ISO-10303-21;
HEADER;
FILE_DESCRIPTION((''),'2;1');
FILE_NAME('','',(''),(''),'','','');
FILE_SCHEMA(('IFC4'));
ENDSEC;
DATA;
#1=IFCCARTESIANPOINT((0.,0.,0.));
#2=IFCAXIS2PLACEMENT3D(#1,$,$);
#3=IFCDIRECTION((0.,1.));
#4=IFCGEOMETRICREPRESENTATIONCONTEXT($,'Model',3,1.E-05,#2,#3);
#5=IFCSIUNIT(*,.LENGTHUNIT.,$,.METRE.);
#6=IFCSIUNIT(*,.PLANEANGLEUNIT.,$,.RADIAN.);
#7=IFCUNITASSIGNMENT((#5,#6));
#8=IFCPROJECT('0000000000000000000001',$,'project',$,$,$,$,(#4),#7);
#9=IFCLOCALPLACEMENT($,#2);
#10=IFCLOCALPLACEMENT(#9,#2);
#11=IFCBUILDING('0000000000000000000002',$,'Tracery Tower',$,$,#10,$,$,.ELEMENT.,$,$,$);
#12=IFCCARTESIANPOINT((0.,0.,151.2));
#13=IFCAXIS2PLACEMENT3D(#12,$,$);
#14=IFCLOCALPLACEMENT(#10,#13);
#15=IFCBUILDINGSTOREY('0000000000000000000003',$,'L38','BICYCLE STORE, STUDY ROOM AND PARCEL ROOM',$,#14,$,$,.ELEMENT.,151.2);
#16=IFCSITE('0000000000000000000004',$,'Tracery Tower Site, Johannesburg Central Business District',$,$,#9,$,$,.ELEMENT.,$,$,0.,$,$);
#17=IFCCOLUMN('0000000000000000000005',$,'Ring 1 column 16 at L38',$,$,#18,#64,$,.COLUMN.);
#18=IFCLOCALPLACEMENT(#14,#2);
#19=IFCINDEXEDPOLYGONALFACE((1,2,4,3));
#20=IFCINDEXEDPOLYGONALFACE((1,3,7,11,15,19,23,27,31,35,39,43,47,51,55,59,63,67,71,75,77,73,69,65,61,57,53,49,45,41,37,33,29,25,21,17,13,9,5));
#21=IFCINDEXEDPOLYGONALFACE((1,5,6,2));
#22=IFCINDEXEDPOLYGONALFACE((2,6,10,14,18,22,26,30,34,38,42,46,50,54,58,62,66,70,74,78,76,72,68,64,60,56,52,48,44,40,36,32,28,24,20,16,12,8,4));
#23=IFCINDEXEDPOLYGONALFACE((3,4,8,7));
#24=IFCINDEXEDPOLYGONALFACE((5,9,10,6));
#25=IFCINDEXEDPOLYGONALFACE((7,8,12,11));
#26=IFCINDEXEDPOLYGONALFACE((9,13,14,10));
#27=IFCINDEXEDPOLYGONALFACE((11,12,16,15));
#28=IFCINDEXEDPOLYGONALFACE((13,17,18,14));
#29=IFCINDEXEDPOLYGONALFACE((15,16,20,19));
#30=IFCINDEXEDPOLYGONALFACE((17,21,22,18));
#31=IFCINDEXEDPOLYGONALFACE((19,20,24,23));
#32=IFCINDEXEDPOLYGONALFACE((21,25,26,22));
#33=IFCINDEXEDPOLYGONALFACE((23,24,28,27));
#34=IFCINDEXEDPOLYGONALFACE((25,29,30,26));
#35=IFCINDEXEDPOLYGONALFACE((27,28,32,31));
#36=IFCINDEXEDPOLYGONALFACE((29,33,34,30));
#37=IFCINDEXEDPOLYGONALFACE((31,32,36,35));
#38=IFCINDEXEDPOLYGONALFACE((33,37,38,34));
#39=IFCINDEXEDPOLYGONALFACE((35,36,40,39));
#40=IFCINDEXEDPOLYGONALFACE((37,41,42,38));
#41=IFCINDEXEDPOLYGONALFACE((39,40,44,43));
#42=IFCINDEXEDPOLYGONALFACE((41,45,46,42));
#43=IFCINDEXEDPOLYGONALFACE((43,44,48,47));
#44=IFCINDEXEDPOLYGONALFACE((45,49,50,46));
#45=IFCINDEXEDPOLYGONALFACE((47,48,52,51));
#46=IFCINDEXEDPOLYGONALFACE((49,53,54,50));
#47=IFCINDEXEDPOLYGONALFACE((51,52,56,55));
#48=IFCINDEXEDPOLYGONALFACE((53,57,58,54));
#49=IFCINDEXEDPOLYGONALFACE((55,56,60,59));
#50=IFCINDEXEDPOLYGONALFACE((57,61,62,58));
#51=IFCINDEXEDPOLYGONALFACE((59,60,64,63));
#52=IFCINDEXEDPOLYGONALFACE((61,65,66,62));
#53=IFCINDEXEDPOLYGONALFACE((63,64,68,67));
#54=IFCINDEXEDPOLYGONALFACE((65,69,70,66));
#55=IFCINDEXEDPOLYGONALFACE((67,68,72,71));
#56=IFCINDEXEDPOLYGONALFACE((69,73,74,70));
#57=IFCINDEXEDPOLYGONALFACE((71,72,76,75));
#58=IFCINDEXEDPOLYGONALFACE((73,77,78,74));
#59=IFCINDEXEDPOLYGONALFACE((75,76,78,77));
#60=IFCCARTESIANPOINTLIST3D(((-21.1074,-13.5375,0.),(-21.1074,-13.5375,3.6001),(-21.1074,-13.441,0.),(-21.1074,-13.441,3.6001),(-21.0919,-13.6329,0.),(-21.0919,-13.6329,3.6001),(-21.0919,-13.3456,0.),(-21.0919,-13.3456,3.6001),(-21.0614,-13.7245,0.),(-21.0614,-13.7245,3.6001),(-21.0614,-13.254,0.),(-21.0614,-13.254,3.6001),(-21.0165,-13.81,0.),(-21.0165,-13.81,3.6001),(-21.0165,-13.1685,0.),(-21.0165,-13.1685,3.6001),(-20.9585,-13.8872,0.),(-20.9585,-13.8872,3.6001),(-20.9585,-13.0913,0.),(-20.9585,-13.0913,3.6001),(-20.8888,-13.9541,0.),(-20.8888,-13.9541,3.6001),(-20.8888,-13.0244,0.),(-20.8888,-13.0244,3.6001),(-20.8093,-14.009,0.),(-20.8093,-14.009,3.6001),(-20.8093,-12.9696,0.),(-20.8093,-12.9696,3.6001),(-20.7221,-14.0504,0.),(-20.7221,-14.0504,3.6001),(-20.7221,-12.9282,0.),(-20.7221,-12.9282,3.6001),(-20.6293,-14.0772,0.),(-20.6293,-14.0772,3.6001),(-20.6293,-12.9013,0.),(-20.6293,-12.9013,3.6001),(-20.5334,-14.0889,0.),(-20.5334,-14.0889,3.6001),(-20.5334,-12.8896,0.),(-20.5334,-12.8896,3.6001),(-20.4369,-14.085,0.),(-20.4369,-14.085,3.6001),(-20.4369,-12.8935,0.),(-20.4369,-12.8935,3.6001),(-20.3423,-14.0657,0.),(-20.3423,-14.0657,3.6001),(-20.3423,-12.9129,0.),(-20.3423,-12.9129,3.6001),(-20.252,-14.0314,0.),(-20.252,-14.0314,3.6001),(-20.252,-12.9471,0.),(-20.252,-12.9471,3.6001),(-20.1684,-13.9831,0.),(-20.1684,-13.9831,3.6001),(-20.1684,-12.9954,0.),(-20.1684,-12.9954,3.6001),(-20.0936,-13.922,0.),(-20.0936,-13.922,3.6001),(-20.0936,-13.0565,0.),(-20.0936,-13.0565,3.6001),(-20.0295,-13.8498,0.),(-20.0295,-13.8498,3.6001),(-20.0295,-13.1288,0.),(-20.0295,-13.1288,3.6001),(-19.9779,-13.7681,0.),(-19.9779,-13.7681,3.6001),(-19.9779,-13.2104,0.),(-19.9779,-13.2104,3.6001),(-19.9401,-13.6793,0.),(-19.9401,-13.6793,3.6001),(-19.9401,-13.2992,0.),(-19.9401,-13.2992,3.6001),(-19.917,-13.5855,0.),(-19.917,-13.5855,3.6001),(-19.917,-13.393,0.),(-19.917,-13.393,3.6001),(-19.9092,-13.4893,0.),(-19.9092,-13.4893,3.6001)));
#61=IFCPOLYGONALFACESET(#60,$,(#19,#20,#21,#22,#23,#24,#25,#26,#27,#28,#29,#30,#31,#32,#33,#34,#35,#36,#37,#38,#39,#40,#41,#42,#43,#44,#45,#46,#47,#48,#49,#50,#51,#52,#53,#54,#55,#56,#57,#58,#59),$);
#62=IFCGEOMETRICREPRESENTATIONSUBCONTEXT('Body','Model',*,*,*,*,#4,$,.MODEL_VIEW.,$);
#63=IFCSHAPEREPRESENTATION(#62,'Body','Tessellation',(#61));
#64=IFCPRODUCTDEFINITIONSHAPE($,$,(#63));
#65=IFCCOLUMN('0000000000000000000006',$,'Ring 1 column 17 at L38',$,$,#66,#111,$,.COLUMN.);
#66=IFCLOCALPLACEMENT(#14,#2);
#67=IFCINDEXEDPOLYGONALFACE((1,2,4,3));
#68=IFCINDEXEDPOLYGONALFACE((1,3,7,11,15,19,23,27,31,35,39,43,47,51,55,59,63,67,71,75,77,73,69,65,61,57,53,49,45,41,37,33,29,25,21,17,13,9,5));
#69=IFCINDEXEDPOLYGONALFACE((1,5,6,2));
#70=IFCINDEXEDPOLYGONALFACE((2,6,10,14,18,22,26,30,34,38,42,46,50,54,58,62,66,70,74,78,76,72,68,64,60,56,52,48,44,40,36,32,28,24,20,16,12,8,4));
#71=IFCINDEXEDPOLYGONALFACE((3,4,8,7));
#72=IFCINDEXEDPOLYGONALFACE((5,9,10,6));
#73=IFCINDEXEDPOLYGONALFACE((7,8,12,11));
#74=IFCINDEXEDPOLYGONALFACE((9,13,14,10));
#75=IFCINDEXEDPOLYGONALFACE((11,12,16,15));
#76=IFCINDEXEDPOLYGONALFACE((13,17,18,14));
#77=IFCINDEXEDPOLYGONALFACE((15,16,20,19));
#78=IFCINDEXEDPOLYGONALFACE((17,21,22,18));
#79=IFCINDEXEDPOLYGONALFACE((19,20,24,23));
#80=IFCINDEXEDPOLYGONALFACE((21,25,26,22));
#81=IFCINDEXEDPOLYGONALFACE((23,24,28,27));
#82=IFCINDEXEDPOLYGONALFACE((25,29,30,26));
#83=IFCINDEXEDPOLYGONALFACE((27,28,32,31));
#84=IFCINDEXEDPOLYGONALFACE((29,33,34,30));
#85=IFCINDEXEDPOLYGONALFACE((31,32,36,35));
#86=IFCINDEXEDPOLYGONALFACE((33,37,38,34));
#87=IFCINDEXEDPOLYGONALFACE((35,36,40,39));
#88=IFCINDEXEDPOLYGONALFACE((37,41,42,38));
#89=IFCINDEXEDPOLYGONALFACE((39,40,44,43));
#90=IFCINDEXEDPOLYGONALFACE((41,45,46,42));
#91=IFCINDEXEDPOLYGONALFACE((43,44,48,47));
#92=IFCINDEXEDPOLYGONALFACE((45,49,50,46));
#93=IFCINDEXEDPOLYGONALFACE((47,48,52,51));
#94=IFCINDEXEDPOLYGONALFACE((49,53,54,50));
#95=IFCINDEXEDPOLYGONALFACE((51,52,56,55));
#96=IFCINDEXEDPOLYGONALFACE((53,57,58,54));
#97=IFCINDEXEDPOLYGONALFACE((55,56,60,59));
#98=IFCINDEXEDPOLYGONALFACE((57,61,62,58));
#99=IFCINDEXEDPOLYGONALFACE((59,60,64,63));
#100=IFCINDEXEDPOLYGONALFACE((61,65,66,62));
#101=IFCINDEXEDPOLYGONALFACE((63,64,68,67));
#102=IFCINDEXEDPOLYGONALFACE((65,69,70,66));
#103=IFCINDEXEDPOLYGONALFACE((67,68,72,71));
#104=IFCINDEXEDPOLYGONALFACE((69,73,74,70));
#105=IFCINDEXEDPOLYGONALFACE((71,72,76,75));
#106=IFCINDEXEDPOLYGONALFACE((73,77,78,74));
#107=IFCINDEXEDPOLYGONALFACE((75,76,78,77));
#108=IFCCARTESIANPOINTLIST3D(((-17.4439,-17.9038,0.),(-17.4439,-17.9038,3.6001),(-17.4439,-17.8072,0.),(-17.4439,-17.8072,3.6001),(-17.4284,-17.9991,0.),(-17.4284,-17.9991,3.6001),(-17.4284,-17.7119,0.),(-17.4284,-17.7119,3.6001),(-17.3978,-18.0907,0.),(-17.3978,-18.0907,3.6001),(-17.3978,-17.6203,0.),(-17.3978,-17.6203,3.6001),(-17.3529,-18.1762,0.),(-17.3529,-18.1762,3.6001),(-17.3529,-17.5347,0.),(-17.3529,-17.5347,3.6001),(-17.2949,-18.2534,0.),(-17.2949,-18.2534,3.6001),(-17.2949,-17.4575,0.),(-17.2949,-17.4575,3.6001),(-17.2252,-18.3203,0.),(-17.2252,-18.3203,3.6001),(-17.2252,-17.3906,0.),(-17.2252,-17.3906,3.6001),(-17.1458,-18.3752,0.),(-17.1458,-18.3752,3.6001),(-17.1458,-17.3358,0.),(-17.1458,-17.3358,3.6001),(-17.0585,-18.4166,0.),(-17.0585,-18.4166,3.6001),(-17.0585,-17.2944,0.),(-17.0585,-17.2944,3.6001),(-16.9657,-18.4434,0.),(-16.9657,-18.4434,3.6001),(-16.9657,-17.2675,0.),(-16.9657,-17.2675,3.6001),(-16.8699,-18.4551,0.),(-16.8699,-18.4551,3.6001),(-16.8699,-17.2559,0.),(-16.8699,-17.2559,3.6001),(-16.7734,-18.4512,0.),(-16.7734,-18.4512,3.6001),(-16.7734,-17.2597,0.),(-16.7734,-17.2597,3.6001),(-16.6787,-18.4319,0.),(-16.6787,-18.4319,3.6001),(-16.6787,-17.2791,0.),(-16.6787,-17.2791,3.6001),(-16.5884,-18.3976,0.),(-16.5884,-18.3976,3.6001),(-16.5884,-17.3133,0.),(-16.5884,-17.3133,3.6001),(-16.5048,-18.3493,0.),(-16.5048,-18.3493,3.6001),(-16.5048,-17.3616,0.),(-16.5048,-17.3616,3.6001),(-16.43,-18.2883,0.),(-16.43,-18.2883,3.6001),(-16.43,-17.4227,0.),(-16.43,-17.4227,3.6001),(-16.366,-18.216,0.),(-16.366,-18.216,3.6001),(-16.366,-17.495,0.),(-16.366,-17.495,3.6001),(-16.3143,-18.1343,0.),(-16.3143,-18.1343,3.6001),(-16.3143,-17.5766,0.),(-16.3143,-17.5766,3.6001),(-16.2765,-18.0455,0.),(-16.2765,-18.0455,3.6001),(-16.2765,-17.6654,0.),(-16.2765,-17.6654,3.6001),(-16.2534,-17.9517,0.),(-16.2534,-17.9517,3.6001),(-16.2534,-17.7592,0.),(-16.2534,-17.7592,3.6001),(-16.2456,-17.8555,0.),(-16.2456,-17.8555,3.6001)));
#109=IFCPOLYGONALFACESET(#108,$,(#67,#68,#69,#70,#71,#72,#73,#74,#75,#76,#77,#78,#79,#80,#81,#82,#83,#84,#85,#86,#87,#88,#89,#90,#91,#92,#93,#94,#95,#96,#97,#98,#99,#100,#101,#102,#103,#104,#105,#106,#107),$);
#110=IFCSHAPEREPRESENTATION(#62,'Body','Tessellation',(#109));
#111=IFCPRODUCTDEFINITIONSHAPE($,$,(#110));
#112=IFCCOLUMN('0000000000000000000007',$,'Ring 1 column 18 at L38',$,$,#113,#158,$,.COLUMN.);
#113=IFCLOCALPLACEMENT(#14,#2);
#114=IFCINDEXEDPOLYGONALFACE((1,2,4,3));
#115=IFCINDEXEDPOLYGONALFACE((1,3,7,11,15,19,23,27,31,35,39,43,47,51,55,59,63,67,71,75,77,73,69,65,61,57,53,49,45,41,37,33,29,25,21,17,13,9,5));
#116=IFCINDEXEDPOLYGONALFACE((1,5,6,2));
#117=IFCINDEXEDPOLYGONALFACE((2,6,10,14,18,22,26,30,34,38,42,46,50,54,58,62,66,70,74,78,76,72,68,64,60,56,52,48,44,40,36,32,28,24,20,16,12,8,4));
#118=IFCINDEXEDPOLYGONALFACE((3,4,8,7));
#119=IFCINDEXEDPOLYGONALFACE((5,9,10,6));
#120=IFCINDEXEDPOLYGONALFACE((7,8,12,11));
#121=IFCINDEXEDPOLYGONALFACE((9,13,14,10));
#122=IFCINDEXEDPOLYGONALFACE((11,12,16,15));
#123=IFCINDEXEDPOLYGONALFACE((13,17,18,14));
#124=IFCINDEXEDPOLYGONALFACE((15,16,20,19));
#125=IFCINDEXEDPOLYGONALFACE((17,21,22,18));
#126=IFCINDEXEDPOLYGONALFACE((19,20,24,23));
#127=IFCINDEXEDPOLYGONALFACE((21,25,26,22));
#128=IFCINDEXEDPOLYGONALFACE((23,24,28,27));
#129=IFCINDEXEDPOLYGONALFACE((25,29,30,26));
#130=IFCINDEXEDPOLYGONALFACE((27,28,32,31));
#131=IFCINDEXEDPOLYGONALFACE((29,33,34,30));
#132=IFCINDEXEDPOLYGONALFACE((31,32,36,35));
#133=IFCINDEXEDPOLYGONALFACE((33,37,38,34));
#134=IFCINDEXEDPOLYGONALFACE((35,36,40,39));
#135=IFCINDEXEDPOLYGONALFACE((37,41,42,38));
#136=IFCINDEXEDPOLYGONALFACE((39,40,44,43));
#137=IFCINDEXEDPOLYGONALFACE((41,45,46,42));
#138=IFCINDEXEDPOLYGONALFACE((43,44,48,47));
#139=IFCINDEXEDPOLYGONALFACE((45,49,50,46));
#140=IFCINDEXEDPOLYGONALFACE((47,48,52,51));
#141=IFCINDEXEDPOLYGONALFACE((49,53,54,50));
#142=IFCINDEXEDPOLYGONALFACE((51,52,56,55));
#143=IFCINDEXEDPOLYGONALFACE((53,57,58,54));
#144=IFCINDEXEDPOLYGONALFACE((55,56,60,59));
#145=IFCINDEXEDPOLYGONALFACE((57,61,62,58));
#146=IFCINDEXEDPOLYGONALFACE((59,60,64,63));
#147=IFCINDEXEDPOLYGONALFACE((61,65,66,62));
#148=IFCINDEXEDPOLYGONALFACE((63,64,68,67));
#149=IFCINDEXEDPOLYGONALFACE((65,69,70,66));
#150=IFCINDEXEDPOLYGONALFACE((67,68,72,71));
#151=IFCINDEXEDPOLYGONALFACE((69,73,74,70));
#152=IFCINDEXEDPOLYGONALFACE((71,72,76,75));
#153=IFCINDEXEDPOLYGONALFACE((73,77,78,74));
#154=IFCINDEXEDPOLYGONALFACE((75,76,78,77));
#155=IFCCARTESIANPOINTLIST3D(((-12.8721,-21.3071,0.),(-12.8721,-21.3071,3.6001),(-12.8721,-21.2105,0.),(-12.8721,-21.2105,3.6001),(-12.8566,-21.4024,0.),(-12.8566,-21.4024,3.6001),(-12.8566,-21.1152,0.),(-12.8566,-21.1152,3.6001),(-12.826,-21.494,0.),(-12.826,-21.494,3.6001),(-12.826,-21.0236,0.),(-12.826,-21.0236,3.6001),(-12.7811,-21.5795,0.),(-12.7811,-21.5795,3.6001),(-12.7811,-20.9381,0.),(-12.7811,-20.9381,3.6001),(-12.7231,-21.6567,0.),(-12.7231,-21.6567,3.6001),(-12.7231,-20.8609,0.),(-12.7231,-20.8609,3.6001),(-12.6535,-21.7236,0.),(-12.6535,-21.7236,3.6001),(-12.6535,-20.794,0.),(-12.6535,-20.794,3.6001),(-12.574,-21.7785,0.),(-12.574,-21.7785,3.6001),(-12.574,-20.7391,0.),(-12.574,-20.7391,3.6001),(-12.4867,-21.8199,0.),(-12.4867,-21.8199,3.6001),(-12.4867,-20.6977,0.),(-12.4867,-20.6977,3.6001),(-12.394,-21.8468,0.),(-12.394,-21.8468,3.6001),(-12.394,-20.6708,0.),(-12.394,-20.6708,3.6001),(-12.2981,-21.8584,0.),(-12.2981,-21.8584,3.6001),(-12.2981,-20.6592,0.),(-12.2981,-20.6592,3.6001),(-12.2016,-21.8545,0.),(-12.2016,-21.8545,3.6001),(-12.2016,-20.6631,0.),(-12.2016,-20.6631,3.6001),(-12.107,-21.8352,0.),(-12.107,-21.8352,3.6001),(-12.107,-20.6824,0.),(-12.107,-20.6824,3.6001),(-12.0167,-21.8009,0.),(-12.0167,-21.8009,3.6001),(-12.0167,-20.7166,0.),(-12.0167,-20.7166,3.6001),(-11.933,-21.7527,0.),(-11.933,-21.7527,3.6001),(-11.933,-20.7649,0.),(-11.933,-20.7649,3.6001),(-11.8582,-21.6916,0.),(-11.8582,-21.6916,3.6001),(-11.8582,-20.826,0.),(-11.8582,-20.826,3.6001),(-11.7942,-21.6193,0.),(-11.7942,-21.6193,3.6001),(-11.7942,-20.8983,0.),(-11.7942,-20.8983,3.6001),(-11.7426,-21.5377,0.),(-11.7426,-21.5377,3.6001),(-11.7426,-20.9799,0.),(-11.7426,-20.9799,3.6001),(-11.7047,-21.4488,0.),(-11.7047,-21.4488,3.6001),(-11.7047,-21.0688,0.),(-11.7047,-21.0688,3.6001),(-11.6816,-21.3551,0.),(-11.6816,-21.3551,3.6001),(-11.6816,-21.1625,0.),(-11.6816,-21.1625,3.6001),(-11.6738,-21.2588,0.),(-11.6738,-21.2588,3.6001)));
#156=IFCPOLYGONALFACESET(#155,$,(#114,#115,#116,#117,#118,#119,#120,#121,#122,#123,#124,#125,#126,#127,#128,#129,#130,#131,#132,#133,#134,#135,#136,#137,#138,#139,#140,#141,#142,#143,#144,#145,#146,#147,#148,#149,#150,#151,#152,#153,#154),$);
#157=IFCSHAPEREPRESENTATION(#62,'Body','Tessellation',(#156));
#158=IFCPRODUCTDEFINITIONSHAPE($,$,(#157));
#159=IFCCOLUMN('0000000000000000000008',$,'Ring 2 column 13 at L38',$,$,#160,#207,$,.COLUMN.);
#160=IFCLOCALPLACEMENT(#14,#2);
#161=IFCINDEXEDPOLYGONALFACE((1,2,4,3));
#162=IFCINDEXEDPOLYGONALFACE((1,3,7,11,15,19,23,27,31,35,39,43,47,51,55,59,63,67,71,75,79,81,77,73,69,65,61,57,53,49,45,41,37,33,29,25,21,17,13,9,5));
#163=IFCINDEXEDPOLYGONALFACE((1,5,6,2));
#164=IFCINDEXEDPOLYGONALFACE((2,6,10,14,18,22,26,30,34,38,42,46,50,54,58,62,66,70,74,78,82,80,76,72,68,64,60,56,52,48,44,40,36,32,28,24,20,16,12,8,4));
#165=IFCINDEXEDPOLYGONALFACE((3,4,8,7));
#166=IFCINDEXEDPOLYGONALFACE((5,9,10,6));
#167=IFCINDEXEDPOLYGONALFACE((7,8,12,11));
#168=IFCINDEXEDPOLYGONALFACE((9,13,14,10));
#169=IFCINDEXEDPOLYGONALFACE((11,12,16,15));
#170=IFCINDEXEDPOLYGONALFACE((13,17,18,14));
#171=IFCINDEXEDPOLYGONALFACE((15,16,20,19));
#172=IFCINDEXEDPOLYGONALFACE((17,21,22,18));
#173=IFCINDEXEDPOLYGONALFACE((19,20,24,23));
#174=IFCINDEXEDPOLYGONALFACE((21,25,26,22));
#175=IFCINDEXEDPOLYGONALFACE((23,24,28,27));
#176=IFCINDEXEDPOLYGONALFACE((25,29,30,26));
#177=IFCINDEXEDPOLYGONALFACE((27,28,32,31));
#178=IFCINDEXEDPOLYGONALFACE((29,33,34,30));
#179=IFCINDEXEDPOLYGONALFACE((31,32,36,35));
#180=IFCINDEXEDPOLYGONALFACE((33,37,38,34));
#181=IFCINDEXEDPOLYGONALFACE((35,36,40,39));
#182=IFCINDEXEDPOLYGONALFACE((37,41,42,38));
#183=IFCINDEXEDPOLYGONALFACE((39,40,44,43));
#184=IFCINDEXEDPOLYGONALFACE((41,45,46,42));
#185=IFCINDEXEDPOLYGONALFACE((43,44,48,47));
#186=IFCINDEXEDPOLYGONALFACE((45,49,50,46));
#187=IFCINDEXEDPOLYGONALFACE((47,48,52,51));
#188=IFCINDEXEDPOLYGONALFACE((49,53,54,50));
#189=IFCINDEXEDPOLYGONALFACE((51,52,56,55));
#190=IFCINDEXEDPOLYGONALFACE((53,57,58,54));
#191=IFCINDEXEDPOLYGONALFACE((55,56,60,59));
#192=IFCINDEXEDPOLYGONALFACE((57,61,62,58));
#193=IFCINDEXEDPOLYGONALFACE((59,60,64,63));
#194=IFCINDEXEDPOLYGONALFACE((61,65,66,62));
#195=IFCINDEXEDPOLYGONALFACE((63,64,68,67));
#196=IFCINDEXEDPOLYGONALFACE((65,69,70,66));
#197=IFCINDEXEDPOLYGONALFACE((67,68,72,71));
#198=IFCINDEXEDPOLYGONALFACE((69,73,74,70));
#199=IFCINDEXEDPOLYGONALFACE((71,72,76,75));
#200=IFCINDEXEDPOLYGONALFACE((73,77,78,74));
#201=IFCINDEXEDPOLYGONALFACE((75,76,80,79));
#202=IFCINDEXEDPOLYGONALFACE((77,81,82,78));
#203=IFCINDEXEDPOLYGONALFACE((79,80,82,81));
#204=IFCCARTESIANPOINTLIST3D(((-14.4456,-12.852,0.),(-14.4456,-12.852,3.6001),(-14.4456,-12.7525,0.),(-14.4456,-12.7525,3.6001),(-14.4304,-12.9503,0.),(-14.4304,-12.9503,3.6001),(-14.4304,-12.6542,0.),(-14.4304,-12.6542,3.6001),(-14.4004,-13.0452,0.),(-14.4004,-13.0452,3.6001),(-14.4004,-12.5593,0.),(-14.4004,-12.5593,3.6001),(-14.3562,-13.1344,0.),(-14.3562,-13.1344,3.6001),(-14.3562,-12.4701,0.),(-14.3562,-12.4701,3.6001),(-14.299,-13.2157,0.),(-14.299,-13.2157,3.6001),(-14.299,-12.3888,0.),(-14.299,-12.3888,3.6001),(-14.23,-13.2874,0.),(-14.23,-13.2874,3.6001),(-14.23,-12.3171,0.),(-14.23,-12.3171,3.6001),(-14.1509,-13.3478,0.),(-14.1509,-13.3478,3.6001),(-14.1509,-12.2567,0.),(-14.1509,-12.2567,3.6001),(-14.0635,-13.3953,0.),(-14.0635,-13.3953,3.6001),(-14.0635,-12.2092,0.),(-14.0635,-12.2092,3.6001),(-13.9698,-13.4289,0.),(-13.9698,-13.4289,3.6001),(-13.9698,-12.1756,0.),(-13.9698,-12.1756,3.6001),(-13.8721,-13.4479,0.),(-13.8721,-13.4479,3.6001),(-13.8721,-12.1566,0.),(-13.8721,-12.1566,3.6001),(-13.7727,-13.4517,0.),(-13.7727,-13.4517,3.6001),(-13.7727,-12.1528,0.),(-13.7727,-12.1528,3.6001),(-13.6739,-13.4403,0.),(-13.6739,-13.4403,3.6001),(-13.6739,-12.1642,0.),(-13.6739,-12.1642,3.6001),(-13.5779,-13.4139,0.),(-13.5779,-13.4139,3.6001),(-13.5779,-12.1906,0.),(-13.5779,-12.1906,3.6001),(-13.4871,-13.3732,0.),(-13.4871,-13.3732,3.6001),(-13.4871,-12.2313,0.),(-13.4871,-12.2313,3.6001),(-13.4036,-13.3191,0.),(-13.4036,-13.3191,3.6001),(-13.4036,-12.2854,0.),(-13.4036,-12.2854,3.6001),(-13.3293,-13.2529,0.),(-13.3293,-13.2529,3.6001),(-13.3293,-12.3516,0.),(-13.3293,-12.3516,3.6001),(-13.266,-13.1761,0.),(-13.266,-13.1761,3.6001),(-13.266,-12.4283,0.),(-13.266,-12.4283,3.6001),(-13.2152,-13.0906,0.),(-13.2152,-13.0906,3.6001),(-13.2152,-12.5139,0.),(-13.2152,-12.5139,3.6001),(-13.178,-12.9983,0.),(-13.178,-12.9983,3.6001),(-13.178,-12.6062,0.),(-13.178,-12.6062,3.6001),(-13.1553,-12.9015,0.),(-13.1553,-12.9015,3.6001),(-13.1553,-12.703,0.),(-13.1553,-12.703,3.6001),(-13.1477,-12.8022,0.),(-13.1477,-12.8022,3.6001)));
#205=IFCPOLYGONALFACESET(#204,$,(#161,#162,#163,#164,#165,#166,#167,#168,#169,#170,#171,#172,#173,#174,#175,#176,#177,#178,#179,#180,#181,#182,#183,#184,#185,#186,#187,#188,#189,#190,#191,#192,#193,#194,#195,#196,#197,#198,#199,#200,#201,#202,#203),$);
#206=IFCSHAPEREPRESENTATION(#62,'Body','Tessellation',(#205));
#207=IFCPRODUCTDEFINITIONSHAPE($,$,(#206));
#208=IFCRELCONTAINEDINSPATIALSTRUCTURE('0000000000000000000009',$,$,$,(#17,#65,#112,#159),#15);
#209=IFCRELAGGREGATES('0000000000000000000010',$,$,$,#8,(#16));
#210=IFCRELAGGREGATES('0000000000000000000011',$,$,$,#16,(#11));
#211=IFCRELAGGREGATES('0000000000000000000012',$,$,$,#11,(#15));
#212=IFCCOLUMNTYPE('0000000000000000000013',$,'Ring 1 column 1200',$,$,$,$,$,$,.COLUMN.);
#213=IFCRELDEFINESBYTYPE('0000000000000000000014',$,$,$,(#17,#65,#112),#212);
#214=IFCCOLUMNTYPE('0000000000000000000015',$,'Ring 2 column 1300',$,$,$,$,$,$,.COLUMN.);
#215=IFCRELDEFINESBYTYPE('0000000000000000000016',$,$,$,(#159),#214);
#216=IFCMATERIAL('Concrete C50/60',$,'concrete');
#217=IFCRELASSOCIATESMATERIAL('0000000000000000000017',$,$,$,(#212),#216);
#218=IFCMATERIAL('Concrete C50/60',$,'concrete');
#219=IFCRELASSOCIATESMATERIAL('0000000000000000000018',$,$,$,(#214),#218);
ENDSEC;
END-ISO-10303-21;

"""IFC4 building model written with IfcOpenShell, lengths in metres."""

from ifc_helpers import new_model, si_unit, direction, frame, origin, origin_2d, place, context, subcontext, project, spatial, circle, extrude, material, material_profile, profile_set, type_object, element, save


model = new_model("IFC4")

# Units and contexts
model_context = context("Model", 3, precision=1e-05, world=origin(), true_north=direction((0.0, 1.0)))
body_context = subcontext(model_context, "Body", "Model", "MODEL_VIEW")
ifc_project = project(units=[si_unit("LENGTHUNIT", "METRE"), si_unit("PLANEANGLEUNIT", "RADIAN")], contexts=[model_context])

# Site, building, storey
site_placement = place(None, origin())
site = spatial("IfcSite", under=ifc_project, at=site_placement, Name="Tracery Tower Site, Johannesburg Central Business District", CompositionType="ELEMENT", RefElevation=0.0)
building_placement = place(site_placement, origin())
building = spatial("IfcBuilding", under=site, at=building_placement, Name="Tracery Tower", CompositionType="ELEMENT")
storey_placement = place(building_placement, frame((0.0, 0.0, 151.2)))
storey = spatial("IfcBuildingStorey", under=building, at=storey_placement, Name="L38", Description="BICYCLE STORE, STUDY ROOM AND PARCEL ROOM", CompositionType="ELEMENT", Elevation=151.2)

# Columns
ifc_material_1 = material(Name="Concrete C50/60", Category="concrete")
ifc_material_profile_1 = material_profile(ifc_material_1, circle(Radius=0.6001, at=origin_2d()), Name="RC D1200")
ifc_profile_set_1 = profile_set([ifc_material_profile_1], Name="Concrete C50/60")
column_type_1 = type_object("IfcColumnType", Name="Ring 1 column 1200", PredefinedType="COLUMN", material=ifc_profile_set_1)
for number, where, z_axis, x_axis, name in (
    (1, (-20.5093, -13.4893, 0.0), (0.0, 0.0, 1.0), (1.0, 0.0, 0.0), "Ring 1 column 16 at L38"),
    (2, (-16.8457, -17.8555, 0.0), (0.0, 0.0, 1.0), (1.0, 0.0, 0.0), "Ring 1 column 17 at L38"),
    (3, (-12.2739, -21.2588, 0.0), (0.0, 0.0, 1.0), (1.0, 0.0, 0.0), "Ring 1 column 18 at L38"),
):
    element("IfcColumn", number, at=place(storey_placement, frame(where, z_axis=z_axis, x_axis=x_axis)), inside=storey, type_object=column_type_1, Name=name, PredefinedType="COLUMN", context=body_context, shape_type="SweptSolid", body=[
        extrude(circle(Radius=0.6001, at=origin_2d()), origin(), (0.0, 0.0, 1.0), 3.6001),
    ])
ifc_material_2 = material(Name="Concrete C50/60", Category="concrete")
ifc_material_profile_2 = material_profile(ifc_material_2, circle(Radius=0.6499, at=origin_2d()), Name="RC D1300")
ifc_profile_set_2 = profile_set([ifc_material_profile_2], Name="Concrete C50/60")
column_type_2 = type_object("IfcColumnType", Name="Ring 2 column 1300", PredefinedType="COLUMN", material=ifc_profile_set_2)
column_placement = place(storey_placement, frame((-13.7976, -12.8022, 0.0), z_axis=(0.0, 0.0, 1.0), x_axis=(1.0, 0.0, 0.0)))
element("IfcColumn", 4, at=column_placement, inside=storey, type_object=column_type_2, Name="Ring 2 column 13 at L38", PredefinedType="COLUMN", context=body_context, shape_type="SweptSolid", body=[
    extrude(circle(Radius=0.6499, at=origin_2d()), origin(), (0.0, 0.0, 1.0), 3.6001),
])

save(model, "model.ifc")
